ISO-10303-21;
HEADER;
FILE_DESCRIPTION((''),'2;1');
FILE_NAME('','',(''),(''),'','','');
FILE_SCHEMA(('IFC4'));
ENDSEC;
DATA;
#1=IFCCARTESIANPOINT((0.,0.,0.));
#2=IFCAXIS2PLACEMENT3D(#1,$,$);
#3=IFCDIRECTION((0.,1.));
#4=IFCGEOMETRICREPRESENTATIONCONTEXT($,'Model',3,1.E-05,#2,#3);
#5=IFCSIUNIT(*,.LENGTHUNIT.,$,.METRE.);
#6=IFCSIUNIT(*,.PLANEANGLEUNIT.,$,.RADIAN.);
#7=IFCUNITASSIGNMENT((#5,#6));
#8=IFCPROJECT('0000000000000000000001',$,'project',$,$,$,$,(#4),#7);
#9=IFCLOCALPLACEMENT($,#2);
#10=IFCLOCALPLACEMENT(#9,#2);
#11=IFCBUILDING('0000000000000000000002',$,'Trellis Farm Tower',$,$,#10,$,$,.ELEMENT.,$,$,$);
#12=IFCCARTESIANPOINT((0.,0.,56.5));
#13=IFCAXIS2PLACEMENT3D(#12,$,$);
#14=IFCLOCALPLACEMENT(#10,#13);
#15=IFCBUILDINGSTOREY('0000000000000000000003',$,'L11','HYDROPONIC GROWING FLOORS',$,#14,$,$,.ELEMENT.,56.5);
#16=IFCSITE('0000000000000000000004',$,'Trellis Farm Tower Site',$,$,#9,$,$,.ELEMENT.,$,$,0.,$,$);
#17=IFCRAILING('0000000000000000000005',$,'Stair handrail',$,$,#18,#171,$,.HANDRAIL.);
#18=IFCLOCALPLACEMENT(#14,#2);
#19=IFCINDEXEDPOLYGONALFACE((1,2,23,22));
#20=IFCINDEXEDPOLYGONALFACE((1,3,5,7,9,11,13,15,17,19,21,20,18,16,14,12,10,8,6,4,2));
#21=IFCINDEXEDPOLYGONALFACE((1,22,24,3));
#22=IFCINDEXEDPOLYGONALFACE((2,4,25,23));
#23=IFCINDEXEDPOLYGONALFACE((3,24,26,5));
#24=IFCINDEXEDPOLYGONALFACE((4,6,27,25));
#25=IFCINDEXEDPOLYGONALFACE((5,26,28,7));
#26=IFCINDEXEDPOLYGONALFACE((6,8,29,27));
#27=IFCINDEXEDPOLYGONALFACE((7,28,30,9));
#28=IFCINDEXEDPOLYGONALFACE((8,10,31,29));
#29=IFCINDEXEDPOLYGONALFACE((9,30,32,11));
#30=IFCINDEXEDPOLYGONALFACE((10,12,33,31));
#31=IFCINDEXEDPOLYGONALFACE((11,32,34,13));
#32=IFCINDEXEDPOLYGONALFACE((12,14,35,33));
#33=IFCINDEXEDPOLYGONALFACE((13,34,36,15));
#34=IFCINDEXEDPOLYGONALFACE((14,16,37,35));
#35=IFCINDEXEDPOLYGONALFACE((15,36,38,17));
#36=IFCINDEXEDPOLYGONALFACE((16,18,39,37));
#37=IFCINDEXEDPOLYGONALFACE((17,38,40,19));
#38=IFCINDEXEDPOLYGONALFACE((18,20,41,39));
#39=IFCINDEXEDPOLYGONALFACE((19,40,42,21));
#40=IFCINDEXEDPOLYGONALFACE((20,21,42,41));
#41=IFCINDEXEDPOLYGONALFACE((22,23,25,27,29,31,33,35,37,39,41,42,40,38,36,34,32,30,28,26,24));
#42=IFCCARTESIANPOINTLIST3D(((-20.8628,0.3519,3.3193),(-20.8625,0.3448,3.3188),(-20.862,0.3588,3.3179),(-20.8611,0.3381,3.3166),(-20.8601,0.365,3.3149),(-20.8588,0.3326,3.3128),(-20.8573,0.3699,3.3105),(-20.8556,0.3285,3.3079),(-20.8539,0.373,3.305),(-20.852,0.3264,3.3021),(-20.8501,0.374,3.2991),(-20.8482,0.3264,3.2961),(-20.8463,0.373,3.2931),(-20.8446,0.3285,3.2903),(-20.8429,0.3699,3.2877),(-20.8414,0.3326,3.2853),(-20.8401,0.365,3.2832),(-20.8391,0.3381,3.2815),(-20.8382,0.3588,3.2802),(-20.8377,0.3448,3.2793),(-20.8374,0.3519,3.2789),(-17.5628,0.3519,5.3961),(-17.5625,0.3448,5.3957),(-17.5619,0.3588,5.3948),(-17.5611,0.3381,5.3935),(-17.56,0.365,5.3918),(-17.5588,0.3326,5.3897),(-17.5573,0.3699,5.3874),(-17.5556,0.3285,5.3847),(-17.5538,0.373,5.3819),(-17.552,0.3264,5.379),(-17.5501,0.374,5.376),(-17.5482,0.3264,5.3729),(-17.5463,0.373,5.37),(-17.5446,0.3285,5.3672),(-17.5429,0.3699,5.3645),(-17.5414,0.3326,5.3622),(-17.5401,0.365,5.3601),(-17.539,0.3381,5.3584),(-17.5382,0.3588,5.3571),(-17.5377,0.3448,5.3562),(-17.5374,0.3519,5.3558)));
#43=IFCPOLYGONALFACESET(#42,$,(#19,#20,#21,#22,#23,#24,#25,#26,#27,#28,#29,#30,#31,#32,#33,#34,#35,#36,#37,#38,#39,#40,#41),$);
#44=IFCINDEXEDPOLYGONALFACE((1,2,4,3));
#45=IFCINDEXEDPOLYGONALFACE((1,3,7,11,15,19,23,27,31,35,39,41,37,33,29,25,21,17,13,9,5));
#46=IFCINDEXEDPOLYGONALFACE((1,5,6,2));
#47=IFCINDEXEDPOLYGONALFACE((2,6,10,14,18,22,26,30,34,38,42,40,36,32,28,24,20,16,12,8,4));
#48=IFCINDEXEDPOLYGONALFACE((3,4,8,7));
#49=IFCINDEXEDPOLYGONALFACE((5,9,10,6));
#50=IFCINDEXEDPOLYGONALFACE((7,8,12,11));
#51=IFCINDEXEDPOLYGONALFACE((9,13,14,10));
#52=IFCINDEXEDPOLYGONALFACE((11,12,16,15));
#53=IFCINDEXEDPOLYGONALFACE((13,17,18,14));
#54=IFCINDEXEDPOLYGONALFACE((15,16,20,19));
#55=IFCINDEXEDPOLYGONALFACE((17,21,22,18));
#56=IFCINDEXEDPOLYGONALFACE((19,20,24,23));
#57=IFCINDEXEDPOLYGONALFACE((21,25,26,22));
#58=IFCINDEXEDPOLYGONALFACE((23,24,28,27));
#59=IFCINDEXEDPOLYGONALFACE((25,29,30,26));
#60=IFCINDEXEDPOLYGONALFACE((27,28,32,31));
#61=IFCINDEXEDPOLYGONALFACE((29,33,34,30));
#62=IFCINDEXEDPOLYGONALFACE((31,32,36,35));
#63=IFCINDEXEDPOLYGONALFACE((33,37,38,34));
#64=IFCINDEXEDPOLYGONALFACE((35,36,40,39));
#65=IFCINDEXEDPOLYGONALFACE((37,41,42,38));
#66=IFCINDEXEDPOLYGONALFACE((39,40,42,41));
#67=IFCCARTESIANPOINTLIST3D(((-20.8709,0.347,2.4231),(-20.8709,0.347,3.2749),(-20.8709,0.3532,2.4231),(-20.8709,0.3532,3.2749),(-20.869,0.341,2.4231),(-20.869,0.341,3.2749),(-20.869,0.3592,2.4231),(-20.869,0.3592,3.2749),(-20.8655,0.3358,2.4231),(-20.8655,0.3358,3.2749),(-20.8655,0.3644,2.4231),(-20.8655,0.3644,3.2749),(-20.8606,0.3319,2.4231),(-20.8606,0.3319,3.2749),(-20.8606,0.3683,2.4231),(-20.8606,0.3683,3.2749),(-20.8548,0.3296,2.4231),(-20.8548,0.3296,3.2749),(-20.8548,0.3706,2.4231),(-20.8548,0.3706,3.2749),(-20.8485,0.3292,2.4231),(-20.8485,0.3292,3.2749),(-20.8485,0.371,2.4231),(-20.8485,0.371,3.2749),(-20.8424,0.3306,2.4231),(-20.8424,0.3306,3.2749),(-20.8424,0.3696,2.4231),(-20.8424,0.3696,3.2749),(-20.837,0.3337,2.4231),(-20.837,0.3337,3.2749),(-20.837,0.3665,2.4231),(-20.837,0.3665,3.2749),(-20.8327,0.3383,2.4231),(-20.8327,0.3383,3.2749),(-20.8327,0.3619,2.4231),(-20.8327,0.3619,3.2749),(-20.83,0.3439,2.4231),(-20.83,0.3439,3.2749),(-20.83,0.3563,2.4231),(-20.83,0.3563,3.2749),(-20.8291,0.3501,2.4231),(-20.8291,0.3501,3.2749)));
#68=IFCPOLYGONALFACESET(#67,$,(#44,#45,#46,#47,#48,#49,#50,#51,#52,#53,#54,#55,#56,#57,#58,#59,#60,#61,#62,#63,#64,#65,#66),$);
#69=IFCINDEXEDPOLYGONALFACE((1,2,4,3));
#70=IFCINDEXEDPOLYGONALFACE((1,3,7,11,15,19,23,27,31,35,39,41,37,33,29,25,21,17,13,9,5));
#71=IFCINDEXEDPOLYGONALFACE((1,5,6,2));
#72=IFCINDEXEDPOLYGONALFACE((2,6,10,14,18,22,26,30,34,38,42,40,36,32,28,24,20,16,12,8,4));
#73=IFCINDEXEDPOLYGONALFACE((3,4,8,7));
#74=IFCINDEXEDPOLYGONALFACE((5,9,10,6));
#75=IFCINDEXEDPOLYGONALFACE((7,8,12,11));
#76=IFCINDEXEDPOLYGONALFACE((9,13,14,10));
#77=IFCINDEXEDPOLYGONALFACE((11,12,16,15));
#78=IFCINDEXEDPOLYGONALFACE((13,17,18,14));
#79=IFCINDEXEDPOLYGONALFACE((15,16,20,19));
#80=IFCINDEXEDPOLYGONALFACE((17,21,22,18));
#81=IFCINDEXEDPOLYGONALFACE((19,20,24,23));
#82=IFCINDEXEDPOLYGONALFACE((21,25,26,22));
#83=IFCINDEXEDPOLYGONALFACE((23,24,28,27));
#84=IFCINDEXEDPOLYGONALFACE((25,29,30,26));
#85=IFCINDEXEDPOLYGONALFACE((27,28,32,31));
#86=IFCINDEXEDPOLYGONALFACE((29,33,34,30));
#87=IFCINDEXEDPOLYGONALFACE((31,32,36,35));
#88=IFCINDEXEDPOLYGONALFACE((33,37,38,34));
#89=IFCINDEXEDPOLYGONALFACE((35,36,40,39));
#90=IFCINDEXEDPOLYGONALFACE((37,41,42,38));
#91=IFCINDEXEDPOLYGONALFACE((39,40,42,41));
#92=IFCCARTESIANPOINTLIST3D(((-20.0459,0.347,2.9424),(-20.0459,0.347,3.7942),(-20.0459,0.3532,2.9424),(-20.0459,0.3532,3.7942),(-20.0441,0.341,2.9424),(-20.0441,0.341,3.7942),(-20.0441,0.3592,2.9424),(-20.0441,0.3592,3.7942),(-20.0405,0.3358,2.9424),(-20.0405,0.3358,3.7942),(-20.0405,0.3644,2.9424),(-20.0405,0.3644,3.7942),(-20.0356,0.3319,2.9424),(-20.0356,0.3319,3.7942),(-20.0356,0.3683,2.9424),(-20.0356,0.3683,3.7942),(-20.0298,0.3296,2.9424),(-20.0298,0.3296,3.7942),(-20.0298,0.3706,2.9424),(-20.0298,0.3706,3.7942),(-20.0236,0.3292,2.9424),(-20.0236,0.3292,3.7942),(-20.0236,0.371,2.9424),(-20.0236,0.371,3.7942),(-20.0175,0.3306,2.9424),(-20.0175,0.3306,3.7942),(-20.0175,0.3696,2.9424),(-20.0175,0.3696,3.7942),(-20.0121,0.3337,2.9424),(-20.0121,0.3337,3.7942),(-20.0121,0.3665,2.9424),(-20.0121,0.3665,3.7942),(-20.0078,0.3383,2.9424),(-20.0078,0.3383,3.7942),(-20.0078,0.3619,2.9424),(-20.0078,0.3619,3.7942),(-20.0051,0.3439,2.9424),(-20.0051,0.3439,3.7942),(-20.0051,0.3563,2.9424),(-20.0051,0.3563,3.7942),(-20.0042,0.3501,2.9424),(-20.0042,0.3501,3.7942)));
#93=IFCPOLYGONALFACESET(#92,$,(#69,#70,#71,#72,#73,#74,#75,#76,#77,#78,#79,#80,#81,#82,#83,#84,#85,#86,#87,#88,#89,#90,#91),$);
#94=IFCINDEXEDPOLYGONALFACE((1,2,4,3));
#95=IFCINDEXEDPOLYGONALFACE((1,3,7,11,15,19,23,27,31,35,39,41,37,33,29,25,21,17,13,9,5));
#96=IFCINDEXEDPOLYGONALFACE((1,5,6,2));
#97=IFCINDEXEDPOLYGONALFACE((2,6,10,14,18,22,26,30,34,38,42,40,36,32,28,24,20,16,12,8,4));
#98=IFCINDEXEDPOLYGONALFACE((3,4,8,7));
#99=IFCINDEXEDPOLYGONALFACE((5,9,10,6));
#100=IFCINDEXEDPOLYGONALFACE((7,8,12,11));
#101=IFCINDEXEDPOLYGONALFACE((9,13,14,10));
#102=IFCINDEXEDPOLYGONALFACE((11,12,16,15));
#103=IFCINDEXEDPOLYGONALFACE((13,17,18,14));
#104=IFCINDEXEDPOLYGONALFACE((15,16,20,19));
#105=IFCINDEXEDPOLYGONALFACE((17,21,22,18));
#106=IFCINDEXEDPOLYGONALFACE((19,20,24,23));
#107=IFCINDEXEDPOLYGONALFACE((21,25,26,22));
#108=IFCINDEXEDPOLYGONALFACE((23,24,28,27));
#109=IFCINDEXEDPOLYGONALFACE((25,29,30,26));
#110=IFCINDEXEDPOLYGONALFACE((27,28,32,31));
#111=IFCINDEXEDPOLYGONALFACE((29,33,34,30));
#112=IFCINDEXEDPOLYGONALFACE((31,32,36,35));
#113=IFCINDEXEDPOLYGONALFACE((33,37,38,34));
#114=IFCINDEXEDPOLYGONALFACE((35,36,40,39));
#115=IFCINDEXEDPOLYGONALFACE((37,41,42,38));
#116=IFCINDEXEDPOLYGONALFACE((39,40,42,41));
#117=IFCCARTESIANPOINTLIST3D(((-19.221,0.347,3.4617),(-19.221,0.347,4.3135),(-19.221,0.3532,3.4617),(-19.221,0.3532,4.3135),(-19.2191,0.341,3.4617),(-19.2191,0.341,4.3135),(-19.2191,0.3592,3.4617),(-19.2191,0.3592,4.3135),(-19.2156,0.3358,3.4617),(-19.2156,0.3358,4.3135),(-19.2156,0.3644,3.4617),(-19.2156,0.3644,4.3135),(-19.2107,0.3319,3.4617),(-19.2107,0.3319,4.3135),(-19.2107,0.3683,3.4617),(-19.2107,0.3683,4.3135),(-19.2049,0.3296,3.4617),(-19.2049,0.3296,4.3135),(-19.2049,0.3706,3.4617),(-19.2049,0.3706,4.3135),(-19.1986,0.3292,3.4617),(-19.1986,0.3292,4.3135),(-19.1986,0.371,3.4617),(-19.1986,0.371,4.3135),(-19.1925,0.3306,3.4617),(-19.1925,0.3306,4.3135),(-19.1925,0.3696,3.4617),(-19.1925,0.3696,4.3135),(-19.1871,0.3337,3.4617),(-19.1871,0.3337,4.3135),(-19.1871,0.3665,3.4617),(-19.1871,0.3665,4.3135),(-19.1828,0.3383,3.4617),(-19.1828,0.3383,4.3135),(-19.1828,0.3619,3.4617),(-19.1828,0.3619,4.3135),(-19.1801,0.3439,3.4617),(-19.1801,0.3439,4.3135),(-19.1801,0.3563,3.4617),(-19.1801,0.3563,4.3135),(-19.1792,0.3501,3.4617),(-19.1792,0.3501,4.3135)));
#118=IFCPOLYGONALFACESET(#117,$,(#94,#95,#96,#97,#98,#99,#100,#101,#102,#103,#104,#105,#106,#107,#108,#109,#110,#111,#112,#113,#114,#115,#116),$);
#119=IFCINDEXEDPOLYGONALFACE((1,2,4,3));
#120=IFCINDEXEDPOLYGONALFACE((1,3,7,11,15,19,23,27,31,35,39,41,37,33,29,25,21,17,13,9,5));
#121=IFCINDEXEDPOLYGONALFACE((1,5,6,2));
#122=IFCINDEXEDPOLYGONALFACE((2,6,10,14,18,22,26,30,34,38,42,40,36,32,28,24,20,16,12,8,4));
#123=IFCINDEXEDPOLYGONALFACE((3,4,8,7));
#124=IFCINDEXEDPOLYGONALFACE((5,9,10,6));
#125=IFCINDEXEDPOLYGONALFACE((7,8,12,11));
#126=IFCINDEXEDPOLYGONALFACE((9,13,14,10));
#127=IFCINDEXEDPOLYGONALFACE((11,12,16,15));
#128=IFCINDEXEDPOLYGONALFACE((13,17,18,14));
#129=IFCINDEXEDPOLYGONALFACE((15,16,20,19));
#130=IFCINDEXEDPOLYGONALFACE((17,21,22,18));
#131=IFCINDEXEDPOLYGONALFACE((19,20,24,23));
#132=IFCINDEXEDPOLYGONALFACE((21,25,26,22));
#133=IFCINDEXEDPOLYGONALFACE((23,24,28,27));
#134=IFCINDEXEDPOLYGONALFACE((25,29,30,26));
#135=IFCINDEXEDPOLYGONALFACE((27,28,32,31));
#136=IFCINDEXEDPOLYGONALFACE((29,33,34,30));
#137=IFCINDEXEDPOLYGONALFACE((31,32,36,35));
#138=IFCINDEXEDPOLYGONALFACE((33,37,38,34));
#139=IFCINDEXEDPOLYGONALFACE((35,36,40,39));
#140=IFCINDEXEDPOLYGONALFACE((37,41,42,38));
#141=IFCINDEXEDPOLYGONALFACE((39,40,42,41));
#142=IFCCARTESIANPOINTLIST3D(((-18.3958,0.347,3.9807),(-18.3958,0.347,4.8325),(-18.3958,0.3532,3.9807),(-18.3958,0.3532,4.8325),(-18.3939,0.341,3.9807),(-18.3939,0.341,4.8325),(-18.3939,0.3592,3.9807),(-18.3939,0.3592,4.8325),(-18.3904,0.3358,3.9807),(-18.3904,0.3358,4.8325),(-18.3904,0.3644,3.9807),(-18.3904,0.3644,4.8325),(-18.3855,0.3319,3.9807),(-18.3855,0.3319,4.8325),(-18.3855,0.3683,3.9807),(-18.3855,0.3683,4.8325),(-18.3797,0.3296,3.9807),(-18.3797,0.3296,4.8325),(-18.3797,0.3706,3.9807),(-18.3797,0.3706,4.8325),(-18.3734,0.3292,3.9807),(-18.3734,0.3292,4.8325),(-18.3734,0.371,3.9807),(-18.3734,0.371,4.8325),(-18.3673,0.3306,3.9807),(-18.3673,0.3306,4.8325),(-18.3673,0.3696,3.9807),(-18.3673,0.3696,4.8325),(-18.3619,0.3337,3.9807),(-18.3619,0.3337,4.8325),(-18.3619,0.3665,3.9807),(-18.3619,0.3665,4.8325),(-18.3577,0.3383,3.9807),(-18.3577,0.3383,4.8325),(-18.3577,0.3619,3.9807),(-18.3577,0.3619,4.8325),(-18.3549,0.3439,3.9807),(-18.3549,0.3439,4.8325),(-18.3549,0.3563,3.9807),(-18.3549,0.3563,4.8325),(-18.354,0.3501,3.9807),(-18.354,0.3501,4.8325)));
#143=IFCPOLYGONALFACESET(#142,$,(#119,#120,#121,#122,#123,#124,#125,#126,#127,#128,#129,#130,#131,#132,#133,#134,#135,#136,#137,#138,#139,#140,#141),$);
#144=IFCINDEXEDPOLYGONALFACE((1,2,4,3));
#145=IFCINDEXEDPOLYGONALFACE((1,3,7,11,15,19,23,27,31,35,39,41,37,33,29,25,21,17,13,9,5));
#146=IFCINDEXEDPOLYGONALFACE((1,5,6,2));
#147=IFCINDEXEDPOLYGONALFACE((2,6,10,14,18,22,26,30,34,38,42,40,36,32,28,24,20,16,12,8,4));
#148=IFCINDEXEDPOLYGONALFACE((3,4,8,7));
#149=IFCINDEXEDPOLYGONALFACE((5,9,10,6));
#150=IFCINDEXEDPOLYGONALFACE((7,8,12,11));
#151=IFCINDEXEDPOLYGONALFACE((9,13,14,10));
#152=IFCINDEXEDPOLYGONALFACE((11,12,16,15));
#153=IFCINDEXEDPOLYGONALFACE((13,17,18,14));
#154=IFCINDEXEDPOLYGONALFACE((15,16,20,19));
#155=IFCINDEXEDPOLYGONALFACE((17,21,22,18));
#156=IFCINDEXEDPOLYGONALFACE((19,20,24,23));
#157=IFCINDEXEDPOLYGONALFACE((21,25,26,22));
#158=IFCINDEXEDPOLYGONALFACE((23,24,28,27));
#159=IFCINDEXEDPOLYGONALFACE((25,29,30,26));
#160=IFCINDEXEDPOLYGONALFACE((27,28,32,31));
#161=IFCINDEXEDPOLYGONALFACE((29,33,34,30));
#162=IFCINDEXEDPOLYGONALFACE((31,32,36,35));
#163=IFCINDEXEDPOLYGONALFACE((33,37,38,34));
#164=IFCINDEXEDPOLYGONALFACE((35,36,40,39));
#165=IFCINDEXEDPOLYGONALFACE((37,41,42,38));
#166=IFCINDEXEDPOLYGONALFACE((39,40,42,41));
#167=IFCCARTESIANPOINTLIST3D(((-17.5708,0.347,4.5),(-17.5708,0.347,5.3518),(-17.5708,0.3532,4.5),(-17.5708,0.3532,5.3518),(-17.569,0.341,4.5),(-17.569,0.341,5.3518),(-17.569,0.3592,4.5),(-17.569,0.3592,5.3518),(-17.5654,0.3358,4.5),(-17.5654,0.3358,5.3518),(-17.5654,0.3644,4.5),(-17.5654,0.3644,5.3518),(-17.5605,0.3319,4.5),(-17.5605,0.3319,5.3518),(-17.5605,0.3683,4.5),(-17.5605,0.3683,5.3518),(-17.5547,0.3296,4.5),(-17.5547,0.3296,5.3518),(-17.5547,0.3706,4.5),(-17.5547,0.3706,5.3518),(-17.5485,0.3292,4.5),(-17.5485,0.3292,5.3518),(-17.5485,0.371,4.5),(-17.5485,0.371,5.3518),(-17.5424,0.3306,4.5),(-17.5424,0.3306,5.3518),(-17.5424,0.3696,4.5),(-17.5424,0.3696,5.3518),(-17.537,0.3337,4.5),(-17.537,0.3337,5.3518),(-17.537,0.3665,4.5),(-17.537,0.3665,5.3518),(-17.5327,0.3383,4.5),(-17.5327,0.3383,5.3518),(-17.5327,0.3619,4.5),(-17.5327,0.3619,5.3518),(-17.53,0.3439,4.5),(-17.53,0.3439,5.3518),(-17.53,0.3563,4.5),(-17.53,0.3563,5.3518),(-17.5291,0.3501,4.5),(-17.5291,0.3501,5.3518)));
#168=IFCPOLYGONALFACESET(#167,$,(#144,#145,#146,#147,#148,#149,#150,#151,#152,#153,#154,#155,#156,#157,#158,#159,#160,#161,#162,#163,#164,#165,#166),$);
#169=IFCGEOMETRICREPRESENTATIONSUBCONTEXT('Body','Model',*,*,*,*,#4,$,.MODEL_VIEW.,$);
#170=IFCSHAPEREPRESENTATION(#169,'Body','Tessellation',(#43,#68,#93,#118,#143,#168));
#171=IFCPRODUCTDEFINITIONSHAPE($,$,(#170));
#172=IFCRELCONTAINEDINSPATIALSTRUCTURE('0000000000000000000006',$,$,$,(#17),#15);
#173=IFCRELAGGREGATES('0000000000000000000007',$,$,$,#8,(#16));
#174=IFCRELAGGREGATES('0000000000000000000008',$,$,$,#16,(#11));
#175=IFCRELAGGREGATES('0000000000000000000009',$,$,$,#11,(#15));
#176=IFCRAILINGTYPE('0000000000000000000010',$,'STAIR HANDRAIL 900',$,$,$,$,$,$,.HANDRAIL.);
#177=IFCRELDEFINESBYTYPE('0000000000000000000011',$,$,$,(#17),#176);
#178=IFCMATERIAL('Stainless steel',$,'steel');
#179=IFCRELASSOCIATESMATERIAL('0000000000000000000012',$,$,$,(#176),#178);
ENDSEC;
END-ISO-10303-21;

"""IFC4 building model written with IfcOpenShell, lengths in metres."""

from ifc_helpers import new_model, si_unit, direction, frame, origin, origin_2d, place, context, subcontext, project, spatial, circle, extrude, source, transform, mapped, material, type_object, element, save


model = new_model("IFC4")

# Units and contexts
model_context = context("Model", 3, precision=1e-05, world=origin(), true_north=direction((0.0, 1.0)))
body_context = subcontext(model_context, "Body", "Model", "MODEL_VIEW")
ifc_project = project(units=[si_unit("LENGTHUNIT", "METRE"), si_unit("PLANEANGLEUNIT", "RADIAN")], contexts=[model_context])

# Site, building, storey
site_placement = place(None, origin())
site = spatial("IfcSite", under=ifc_project, at=site_placement, Name="Trellis Farm Tower Site", CompositionType="ELEMENT", RefElevation=0.0)
building_placement = place(site_placement, origin())
building = spatial("IfcBuilding", under=site, at=building_placement, Name="Trellis Farm Tower", CompositionType="ELEMENT")
storey_placement = place(building_placement, frame((0.0, 0.0, 56.5)))
storey = spatial("IfcBuildingStorey", under=building, at=storey_placement, Name="L11", Description="HYDROPONIC GROWING FLOORS", CompositionType="ELEMENT", Elevation=56.5)

# Shared definitions
ifc_material_1 = material(Name="Stainless steel", Category="steel")

# Railing
railing_type = type_object("IfcRailingType", Name="STAIR HANDRAIL 900", PredefinedType="HANDRAIL", material=ifc_material_1)
shared_shape_1 = source(origin(), body_context, "Body", "SweptSolid", [
    extrude(circle(Radius=0.0239, at=origin_2d()), frame((0.0, 0.0, 0.876), z_axis=(0.846337, 0.0, 0.532647), x_axis=(0.0, 1.0, 0.0)), (0.0, 0.0, 1.0), 3.8992),
    extrude(circle(Radius=0.021, at=origin_2d()), origin(), (0.0, 0.0, 1.0), 0.8518),
    extrude(circle(Radius=0.021, at=origin_2d()), frame((0.825, 0.0, 0.5193)), (0.0, 0.0, 1.0), 0.8518),
    extrude(circle(Radius=0.021, at=origin_2d()), frame((1.6499, 0.0, 1.0386)), (0.0, 0.0, 1.0), 0.8518),
    extrude(circle(Radius=0.021, at=origin_2d()), frame((2.4751, 0.0, 1.5576)), (0.0, 0.0, 1.0), 0.8518),
    extrude(circle(Radius=0.021, at=origin_2d()), frame((3.3, 0.0, 2.0769)), (0.0, 0.0, 1.0), 0.8518),
])
for number, where, name in (
    (1, (-20.8501, 0.3501, 2.4231), "Stair handrail"),
):
    element("IfcRailing", number, at=place(storey_placement, frame(where)), inside=storey, type_object=railing_type, Name=name, PredefinedType="HANDRAIL", context=body_context, shape_type="MappedRepresentation", body=[
        mapped(shared_shape_1, transform((0.0, 0.0, 0.0))),
    ])

save(model, "model.ifc")
